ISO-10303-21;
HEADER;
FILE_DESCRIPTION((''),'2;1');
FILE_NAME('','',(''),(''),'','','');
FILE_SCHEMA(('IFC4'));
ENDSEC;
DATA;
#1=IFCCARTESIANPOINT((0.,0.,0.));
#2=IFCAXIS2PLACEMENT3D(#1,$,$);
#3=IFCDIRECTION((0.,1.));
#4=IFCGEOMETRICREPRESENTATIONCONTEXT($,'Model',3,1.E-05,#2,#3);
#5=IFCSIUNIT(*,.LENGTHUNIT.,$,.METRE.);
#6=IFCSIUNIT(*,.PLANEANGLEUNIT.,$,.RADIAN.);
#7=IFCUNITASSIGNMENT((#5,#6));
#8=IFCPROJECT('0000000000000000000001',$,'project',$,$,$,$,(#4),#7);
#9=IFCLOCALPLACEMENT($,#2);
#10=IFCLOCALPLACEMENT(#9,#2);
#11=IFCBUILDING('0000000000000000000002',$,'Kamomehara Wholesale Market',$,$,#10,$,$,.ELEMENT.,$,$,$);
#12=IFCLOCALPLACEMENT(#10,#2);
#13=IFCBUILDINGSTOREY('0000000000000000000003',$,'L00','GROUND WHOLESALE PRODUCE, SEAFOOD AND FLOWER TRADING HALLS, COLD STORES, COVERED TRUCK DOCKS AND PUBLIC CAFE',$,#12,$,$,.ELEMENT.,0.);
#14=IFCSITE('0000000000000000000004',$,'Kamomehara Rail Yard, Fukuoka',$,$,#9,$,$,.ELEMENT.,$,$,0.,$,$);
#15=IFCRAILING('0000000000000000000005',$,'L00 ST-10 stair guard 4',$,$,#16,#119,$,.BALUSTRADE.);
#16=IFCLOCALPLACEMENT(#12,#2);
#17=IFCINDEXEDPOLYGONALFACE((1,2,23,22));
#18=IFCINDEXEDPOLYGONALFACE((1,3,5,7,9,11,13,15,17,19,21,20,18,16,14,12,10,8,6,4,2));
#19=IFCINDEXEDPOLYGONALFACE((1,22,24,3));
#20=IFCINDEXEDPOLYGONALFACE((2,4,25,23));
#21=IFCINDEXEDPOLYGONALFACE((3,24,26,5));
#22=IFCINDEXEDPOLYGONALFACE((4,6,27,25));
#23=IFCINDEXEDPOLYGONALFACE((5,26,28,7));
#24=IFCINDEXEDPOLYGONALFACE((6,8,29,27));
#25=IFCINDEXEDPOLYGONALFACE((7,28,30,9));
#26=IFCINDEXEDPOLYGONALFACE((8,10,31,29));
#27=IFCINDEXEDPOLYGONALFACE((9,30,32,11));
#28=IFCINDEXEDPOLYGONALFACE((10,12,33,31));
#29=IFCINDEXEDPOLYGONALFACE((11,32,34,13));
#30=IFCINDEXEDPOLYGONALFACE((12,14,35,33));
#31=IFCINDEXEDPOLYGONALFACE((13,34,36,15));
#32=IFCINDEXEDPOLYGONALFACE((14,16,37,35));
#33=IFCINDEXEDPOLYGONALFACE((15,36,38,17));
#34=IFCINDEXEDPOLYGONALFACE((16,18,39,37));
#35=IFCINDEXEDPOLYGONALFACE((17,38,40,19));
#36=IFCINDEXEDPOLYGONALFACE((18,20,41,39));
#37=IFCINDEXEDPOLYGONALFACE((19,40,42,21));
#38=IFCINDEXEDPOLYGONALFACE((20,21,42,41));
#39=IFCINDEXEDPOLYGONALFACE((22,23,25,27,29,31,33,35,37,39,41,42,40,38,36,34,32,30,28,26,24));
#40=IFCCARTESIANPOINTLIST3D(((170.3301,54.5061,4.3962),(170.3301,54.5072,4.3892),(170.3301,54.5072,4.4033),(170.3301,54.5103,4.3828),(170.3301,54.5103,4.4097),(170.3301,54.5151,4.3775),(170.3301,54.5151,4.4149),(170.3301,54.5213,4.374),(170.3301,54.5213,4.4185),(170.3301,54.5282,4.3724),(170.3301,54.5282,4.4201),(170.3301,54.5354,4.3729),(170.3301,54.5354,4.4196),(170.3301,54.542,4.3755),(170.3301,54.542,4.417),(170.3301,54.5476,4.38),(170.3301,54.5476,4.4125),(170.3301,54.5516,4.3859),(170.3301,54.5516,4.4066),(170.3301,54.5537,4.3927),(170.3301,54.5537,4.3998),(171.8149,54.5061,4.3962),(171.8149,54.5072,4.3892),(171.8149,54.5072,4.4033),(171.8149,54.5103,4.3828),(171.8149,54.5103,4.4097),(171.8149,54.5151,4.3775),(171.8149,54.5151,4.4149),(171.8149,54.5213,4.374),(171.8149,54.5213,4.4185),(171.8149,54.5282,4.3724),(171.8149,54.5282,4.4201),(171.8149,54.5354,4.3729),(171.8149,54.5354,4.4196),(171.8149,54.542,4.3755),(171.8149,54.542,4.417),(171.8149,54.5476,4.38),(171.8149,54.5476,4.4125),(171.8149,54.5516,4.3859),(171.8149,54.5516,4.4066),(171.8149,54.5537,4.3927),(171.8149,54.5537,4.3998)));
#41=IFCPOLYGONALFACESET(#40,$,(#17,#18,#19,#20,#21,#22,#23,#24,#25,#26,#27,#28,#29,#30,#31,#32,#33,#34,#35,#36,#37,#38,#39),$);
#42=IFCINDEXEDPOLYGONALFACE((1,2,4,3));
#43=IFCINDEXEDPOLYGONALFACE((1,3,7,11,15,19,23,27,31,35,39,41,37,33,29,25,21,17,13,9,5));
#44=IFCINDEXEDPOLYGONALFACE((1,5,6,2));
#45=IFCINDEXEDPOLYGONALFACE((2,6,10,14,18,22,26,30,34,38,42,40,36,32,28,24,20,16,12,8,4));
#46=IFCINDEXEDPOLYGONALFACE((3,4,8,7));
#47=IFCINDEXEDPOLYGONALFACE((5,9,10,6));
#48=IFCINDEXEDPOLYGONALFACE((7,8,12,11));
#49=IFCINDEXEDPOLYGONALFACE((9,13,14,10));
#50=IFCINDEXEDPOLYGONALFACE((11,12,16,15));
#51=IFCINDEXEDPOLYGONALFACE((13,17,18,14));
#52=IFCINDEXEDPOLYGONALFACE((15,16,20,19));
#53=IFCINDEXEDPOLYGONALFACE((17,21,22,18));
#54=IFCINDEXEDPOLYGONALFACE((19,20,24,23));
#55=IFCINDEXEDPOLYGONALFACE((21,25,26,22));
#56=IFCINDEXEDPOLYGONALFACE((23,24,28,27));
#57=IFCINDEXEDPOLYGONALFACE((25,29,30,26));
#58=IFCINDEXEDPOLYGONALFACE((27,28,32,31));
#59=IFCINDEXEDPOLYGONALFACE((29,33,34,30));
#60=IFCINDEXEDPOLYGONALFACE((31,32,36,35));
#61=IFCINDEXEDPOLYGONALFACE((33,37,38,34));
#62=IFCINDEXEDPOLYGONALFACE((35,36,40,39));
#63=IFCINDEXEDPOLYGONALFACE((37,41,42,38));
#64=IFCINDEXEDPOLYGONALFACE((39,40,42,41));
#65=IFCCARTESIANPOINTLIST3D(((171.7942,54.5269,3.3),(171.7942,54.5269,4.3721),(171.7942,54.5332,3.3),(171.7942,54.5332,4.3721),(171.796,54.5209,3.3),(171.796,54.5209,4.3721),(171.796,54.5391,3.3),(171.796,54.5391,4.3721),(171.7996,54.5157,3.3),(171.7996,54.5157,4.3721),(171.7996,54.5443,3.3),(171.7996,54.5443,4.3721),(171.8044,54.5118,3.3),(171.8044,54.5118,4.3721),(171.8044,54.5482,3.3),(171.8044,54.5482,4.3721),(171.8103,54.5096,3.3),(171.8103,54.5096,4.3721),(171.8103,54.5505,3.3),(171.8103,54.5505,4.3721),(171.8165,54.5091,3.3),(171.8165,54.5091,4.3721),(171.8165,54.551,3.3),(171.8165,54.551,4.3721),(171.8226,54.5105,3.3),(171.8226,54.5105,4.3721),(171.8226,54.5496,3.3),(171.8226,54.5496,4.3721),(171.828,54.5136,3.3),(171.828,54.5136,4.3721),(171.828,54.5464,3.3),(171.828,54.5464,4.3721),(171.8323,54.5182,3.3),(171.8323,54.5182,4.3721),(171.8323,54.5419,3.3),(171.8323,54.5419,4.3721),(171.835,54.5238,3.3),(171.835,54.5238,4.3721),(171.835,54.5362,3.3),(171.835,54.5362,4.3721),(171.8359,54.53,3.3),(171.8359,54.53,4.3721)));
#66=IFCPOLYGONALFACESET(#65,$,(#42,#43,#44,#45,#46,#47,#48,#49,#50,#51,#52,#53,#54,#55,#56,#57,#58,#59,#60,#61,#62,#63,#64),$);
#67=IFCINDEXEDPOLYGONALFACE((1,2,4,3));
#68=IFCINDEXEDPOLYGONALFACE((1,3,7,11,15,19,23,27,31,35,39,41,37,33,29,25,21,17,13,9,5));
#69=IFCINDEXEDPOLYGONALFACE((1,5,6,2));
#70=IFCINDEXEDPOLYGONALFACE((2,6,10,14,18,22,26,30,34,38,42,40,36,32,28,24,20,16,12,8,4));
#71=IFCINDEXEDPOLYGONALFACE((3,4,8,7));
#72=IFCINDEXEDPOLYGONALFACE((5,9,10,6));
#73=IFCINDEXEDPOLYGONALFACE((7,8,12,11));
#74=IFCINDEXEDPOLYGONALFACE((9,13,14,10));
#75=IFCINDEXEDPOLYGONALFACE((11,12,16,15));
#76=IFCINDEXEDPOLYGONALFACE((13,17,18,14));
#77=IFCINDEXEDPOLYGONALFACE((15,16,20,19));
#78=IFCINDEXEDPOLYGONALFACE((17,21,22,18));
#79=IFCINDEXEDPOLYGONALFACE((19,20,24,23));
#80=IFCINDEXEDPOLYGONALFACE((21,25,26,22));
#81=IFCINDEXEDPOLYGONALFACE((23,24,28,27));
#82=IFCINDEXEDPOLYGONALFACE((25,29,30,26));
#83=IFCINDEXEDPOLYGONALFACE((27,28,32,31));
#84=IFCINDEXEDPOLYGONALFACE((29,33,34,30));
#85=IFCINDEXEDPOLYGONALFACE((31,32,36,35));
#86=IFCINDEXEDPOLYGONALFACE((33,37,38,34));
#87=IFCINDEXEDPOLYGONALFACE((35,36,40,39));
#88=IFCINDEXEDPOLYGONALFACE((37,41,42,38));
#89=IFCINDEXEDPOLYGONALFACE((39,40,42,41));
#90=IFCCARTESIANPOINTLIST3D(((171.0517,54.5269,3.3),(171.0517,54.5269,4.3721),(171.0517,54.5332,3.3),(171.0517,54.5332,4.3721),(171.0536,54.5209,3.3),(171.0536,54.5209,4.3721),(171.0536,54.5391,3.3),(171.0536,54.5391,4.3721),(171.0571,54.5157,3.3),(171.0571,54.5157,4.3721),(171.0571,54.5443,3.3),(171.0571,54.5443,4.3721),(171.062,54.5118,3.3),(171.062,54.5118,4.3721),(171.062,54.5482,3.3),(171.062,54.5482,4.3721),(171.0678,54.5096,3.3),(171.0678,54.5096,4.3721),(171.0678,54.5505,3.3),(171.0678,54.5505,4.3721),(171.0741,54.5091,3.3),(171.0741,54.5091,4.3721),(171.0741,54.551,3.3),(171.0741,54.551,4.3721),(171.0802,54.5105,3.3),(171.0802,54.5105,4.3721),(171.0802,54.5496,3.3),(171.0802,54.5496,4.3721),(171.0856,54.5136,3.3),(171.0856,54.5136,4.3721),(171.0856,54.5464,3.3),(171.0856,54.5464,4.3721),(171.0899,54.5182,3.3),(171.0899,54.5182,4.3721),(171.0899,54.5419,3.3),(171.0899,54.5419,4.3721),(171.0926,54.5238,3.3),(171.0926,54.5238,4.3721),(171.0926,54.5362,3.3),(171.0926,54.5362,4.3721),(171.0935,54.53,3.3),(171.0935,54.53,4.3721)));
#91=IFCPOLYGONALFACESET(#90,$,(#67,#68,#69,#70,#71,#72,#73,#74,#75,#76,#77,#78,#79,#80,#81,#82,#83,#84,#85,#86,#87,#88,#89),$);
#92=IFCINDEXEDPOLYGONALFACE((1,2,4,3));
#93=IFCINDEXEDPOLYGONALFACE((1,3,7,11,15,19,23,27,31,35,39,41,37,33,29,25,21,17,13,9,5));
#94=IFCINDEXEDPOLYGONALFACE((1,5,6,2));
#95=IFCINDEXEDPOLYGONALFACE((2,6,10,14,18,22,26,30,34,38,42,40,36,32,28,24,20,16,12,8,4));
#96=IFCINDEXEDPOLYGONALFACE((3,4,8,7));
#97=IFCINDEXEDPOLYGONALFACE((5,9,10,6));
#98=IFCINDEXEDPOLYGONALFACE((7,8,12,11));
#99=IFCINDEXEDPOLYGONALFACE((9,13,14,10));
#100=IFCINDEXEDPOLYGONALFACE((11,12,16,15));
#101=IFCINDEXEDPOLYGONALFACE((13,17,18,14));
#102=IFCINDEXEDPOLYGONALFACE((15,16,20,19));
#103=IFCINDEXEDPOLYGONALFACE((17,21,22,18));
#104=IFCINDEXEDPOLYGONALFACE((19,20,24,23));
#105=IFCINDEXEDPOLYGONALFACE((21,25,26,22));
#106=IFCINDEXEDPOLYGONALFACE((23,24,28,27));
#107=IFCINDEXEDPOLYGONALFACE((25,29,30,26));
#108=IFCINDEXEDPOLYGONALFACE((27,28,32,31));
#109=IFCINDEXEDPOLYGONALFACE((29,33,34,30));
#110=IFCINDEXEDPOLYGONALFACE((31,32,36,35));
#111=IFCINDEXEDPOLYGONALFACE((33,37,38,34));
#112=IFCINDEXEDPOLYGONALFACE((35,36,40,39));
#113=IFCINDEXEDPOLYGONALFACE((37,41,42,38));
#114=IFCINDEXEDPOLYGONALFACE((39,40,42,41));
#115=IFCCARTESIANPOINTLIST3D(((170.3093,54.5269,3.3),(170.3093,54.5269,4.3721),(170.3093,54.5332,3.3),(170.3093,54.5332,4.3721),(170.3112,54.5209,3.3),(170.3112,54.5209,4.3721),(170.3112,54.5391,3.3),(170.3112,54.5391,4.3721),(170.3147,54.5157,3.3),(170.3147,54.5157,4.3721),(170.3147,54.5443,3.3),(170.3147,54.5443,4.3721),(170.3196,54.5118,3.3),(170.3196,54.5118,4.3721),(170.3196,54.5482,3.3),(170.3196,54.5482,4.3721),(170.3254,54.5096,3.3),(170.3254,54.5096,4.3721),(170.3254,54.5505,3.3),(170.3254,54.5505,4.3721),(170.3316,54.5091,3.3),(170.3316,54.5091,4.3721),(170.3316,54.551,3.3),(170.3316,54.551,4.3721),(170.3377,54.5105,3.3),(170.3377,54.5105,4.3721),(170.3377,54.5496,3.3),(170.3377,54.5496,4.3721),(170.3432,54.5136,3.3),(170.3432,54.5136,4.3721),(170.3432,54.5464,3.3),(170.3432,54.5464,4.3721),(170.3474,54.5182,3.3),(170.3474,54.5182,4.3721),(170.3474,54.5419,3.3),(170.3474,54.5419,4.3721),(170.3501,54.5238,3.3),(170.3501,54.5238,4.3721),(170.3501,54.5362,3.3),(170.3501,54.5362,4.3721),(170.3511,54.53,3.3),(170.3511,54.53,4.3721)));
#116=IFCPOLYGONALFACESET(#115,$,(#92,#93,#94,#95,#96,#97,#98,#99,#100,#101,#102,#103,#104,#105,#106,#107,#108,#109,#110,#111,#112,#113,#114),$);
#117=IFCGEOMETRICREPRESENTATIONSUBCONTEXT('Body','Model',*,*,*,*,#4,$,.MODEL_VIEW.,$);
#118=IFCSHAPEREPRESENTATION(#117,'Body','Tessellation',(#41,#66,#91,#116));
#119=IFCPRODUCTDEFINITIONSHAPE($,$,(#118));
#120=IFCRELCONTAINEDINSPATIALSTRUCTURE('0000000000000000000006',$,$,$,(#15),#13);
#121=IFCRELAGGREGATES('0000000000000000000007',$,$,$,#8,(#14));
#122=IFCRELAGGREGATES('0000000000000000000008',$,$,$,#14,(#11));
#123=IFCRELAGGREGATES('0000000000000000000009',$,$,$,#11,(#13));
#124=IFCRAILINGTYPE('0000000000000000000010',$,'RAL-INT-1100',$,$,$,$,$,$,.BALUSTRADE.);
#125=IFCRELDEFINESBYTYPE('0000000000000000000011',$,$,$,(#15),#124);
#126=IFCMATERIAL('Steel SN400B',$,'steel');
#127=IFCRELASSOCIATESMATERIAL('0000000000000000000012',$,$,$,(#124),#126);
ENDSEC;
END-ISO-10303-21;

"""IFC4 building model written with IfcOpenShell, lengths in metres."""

from ifc_helpers import new_model, si_unit, direction, frame, origin, origin_2d, place, context, subcontext, project, spatial, circle, extrude, material, type_object, element, save


model = new_model("IFC4")

# Units and contexts
model_context = context("Model", 3, precision=1e-05, world=origin(), true_north=direction((0.0, 1.0)))
body_context = subcontext(model_context, "Body", "Model", "MODEL_VIEW")
ifc_project = project(units=[si_unit("LENGTHUNIT", "METRE"), si_unit("PLANEANGLEUNIT", "RADIAN")], contexts=[model_context])

# Site, building, storey
site_placement = place(None, origin())
site = spatial("IfcSite", under=ifc_project, at=site_placement, Name="Kamomehara Rail Yard, Fukuoka", CompositionType="ELEMENT", RefElevation=0.0)
building_placement = place(site_placement, origin())
building = spatial("IfcBuilding", under=site, at=building_placement, Name="Kamomehara Wholesale Market", CompositionType="ELEMENT")
storey_placement = place(building_placement, origin())
storey = spatial("IfcBuildingStorey", under=building, at=storey_placement, Name="L00", Description="GROUND WHOLESALE PRODUCE, SEAFOOD AND FLOWER TRADING HALLS, COLD STORES, COVERED TRUCK DOCKS AND PUBLIC CAFE", CompositionType="ELEMENT", Elevation=0.0)

# Railing
ifc_material_1 = material(Name="Steel SN400B", Category="steel")
railing_type_1 = type_object("IfcRailingType", Name="RAL-INT-1100", PredefinedType="BALUSTRADE", material=ifc_material_1)
for number, where, name in (
    (1, (171.8149, 54.53, 3.3), "L00 ST-10 stair guard 4"),
):
    element("IfcRailing", number, at=place(storey_placement, frame(where)), inside=storey, type_object=railing_type_1, Name=name, PredefinedType="BALUSTRADE", context=body_context, shape_type="SweptSolid", body=[
        extrude(circle(Radius=0.0239, at=origin_2d()), frame((0.0, 0.0, 1.0962), z_axis=(-1.0, 0.0, 0.0), x_axis=(0.0, -1.0, 0.0)), (0.0, 0.0, 1.0), 1.4849),
        extrude(circle(Radius=0.021, at=origin_2d()), origin(), (0.0, 0.0, 1.0), 1.072),
        extrude(circle(Radius=0.021, at=origin_2d()), frame((-0.7424, 0.0, 0.0)), (0.0, 0.0, 1.0), 1.072),
        extrude(circle(Radius=0.021, at=origin_2d()), frame((-1.4849, 0.0, 0.0)), (0.0, 0.0, 1.0), 1.072),
    ])

save(model, "model.ifc")
